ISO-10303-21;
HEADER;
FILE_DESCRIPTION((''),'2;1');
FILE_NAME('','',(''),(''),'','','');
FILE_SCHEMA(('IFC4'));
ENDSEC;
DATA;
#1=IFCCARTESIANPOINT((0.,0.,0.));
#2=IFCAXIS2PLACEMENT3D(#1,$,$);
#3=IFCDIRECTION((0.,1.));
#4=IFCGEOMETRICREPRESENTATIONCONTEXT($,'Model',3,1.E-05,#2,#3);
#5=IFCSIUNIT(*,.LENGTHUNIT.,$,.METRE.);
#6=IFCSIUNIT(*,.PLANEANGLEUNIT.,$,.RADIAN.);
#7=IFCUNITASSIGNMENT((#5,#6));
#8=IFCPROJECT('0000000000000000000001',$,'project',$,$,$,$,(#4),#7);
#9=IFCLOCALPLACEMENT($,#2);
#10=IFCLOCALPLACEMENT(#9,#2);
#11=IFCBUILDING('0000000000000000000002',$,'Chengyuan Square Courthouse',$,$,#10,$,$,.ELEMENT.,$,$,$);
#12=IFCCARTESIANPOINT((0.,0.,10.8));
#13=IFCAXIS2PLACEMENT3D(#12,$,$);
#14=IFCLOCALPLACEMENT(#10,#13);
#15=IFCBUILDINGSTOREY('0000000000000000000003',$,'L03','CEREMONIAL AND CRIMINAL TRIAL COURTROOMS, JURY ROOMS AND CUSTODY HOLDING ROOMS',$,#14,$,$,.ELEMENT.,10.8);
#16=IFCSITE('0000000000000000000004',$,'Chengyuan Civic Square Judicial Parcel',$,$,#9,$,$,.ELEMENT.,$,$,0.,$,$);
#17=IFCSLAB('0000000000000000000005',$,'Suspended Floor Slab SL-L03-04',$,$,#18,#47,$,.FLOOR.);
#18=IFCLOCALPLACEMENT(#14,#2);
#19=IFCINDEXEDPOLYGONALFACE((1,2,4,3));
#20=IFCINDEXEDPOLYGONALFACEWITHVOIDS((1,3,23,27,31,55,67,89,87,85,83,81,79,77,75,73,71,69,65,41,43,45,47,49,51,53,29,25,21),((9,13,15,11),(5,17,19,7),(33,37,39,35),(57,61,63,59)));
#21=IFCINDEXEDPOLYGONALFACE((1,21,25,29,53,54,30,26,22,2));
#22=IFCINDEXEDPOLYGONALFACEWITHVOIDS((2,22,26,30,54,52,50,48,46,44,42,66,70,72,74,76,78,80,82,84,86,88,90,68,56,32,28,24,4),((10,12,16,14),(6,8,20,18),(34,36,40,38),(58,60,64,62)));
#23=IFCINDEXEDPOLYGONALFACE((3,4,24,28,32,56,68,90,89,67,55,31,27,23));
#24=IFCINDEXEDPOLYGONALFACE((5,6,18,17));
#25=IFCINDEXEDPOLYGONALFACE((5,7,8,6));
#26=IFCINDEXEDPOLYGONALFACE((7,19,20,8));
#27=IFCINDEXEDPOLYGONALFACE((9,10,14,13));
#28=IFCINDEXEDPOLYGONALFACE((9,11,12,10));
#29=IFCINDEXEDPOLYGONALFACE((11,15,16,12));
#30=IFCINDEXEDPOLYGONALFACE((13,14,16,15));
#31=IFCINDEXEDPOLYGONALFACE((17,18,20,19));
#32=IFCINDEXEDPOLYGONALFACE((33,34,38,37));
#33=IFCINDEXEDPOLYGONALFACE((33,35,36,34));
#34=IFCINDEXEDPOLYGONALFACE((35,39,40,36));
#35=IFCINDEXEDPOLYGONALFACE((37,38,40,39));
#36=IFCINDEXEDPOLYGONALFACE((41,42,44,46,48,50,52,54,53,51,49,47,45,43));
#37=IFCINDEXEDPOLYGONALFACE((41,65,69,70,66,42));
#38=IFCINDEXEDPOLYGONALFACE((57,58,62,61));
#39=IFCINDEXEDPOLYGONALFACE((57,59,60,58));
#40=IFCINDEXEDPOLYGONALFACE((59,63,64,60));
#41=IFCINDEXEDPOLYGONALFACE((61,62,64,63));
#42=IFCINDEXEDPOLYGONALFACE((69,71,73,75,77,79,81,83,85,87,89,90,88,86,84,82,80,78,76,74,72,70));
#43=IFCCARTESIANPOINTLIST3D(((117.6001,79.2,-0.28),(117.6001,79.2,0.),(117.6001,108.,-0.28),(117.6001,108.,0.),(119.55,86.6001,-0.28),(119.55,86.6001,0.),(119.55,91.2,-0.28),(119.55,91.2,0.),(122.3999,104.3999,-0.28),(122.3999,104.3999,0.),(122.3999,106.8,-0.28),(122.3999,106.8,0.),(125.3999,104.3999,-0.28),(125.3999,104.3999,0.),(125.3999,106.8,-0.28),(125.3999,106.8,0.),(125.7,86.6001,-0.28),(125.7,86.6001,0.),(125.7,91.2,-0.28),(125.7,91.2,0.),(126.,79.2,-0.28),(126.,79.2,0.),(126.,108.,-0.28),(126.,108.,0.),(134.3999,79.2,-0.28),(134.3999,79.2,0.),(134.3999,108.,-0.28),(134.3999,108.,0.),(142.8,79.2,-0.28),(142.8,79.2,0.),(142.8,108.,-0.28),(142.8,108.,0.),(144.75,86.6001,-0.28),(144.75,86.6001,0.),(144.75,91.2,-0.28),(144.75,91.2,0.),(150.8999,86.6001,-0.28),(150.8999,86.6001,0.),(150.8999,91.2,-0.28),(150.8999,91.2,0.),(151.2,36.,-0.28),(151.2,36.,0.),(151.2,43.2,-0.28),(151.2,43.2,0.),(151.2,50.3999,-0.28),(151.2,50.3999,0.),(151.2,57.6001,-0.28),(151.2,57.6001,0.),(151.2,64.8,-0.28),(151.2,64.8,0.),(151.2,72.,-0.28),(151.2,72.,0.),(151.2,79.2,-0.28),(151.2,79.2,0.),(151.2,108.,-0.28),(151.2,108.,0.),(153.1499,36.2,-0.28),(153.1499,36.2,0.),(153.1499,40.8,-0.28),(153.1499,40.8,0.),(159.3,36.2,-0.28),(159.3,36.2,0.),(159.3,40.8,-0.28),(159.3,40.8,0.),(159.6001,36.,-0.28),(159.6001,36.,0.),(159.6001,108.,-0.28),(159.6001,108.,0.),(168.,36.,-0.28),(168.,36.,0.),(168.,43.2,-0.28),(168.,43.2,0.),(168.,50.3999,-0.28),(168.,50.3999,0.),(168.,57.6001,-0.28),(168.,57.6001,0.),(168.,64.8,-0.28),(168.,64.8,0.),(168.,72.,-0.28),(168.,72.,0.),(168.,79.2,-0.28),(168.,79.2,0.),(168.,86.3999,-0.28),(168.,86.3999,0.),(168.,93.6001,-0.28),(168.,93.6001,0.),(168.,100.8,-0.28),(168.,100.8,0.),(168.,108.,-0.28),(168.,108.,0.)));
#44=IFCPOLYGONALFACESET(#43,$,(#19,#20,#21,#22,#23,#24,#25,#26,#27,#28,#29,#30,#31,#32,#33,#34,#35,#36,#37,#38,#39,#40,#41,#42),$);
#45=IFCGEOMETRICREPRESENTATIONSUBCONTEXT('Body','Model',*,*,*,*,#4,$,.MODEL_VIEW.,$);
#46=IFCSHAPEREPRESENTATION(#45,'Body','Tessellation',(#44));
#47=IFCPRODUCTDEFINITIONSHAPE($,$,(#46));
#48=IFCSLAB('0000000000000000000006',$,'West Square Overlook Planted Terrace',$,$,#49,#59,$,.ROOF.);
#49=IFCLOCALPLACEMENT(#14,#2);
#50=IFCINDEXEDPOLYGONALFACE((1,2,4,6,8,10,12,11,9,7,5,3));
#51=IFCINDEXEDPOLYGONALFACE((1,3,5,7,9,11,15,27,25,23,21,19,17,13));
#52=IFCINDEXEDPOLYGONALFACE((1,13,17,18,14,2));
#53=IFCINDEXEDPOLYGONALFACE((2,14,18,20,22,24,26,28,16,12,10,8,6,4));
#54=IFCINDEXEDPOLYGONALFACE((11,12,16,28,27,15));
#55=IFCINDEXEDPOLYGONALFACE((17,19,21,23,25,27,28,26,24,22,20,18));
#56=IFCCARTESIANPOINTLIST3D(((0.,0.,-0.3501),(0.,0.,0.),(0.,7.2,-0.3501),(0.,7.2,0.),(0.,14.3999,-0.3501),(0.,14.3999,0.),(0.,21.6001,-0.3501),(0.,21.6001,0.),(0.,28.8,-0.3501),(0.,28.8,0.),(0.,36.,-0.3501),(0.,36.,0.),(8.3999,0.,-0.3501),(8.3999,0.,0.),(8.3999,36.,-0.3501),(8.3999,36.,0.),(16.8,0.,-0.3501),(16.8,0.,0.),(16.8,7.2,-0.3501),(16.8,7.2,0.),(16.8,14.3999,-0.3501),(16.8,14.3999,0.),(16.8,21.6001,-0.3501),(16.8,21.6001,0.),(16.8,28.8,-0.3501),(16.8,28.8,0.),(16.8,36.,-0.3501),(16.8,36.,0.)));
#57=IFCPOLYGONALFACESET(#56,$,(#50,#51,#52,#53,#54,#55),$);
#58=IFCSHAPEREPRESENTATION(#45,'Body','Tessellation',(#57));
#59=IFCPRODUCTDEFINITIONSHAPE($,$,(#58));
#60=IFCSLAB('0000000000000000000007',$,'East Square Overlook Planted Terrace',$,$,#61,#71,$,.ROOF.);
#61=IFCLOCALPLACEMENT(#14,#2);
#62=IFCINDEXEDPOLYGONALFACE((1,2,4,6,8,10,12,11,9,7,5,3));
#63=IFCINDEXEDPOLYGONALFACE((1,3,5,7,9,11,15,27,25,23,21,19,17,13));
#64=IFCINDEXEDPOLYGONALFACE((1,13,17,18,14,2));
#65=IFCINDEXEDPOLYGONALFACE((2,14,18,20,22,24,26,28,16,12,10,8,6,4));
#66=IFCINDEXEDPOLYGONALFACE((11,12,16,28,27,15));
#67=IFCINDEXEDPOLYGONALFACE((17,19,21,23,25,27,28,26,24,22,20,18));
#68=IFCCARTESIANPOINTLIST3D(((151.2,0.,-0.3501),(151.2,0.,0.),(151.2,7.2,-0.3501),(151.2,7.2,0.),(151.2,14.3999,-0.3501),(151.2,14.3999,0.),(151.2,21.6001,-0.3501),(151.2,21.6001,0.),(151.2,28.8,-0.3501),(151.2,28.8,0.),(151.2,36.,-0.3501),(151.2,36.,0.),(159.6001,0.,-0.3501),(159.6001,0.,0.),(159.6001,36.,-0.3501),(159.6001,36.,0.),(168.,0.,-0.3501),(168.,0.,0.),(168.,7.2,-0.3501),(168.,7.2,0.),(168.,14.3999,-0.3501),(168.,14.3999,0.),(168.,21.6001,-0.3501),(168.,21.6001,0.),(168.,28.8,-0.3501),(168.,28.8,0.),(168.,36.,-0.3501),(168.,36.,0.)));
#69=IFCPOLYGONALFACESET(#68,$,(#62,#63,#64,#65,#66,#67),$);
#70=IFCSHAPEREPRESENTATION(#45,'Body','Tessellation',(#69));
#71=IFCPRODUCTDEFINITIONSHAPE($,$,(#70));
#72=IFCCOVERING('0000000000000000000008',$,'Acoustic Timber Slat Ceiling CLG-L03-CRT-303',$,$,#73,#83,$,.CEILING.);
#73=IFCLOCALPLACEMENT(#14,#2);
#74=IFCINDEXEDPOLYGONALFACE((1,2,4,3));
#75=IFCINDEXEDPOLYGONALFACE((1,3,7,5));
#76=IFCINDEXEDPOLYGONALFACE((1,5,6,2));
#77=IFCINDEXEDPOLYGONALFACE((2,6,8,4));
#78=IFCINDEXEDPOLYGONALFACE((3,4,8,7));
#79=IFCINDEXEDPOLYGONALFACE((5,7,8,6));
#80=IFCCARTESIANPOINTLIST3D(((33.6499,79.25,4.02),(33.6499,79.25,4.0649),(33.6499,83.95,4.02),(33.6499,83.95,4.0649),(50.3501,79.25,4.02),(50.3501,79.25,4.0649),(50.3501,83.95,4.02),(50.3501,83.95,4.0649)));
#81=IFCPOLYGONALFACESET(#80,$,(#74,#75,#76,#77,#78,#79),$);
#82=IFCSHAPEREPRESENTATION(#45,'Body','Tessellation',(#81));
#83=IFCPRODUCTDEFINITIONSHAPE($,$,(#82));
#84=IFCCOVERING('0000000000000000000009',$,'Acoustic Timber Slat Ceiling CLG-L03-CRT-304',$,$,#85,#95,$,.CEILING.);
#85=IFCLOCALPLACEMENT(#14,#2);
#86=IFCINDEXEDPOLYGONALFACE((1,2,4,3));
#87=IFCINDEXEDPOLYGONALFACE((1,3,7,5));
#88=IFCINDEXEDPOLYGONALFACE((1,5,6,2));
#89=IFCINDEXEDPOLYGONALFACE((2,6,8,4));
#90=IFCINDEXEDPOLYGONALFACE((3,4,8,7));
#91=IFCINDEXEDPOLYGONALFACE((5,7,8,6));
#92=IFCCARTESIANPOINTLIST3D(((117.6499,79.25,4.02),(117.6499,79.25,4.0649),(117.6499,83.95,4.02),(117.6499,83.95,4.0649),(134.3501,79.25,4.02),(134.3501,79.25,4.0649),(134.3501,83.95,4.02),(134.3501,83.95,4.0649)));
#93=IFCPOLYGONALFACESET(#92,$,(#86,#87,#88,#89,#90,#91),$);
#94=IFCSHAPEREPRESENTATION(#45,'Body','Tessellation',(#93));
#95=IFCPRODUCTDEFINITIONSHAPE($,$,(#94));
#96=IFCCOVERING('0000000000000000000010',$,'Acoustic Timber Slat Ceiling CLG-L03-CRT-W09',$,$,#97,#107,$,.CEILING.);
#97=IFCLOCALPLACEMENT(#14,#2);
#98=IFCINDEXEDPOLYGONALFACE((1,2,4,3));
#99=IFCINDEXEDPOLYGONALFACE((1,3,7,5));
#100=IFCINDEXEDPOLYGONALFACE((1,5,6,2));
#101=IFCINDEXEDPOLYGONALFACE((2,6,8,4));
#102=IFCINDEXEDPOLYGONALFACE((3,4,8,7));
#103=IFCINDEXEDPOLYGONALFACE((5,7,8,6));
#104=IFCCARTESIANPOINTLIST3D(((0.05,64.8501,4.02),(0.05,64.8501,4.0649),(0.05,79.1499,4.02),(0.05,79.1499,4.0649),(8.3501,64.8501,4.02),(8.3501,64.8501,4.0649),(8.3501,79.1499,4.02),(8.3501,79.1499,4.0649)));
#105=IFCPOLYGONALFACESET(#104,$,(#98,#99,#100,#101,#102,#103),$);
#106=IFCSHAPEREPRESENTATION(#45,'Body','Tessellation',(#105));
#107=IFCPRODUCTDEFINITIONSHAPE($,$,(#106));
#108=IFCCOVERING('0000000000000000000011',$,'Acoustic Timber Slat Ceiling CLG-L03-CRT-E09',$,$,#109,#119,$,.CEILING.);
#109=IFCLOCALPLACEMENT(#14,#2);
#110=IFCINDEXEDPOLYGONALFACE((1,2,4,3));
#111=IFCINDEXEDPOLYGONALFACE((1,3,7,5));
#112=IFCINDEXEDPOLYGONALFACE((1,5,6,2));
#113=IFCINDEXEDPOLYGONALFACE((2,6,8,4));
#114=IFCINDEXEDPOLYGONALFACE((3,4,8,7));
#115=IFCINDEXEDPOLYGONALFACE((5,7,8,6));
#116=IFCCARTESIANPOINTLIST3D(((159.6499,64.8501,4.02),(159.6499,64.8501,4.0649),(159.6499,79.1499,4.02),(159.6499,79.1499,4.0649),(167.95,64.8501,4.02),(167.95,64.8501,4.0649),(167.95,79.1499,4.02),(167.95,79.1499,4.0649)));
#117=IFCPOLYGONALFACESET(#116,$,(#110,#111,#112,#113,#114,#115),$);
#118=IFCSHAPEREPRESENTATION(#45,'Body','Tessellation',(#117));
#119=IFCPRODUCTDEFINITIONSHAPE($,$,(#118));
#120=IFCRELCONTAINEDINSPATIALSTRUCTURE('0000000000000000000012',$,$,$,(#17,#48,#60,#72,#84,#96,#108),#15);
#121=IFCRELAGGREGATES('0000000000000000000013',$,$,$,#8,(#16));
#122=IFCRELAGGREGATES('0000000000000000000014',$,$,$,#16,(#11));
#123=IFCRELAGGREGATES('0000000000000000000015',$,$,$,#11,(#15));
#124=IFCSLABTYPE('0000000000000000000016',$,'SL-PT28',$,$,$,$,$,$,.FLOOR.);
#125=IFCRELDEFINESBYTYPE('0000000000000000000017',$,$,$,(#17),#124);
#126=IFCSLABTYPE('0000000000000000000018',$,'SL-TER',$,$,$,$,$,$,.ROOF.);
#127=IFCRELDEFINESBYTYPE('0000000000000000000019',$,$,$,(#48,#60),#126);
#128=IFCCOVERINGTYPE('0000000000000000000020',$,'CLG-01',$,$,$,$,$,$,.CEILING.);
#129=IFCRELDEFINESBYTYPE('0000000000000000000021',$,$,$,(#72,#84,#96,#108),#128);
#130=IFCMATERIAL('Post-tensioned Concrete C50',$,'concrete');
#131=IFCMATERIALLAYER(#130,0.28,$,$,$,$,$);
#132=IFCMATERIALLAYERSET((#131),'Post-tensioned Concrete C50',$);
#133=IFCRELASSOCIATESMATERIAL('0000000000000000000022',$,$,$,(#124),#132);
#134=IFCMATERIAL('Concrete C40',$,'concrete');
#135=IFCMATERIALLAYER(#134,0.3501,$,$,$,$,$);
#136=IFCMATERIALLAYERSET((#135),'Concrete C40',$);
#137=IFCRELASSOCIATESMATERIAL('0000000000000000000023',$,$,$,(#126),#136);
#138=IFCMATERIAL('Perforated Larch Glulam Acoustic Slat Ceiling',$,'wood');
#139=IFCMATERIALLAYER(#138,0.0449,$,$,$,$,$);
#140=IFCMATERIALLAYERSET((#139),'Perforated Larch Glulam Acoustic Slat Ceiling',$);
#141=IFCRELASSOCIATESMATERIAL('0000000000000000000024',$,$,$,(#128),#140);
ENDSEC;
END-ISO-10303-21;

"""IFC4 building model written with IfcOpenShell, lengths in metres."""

from ifc_helpers import new_model, si_unit, direction, frame, origin, place, context, subcontext, project, spatial, polyline, outline, extrude, material, layer, layer_set, type_object, element, save


model = new_model("IFC4")

# Units and contexts
model_context = context("Model", 3, precision=1e-05, world=origin(), true_north=direction((0.0, 1.0)))
body_context = subcontext(model_context, "Body", "Model", "MODEL_VIEW")
ifc_project = project(units=[si_unit("LENGTHUNIT", "METRE"), si_unit("PLANEANGLEUNIT", "RADIAN")], contexts=[model_context])

# Site, building, storey
site_placement = place(None, origin())
site = spatial("IfcSite", under=ifc_project, at=site_placement, Name="Chengyuan Civic Square Judicial Parcel", CompositionType="ELEMENT", RefElevation=0.0)
building_placement = place(site_placement, origin())
building = spatial("IfcBuilding", under=site, at=building_placement, Name="Chengyuan Square Courthouse", CompositionType="ELEMENT")
storey_placement = place(building_placement, frame((0.0, 0.0, 10.8)))
storey = spatial("IfcBuildingStorey", under=building, at=storey_placement, Name="L03", Description="CEREMONIAL AND CRIMINAL TRIAL COURTROOMS, JURY ROOMS AND CUSTODY HOLDING ROOMS", CompositionType="ELEMENT", Elevation=10.8)

# Shared definitions
ifc_material_1 = material(Name="Concrete C40", Category="concrete")

# Slabs
ifc_material_2 = material(Name="Post-tensioned Concrete C50", Category="concrete")
ifc_layer_1 = layer(ifc_material_2, 0.28)
ifc_layer_set_1 = layer_set([ifc_layer_1], Name="Post-tensioned Concrete C50")
slab_type_1 = type_object("IfcSlabType", Name="SL-PT28", PredefinedType="FLOOR", material=ifc_layer_set_1)
slab_1_placement = place(storey_placement, frame((0.0, 0.0, -0.28)))
element("IfcSlab", 1, at=slab_1_placement, inside=storey, type_object=slab_type_1, Name="Suspended Floor Slab SL-L03-04", PredefinedType="FLOOR", context=body_context, shape_type="SweptSolid", body=[
    extrude(outline(polyline([(126.0, 108.0), (134.3999, 108.0), (142.8, 108.0), (151.2, 108.0), (159.6001, 108.0), (168.0, 108.0), (168.0, 100.8), (168.0, 93.6001), (168.0, 86.3999), (168.0, 79.2), (168.0, 72.0), (168.0, 64.8), (168.0, 57.6001), (168.0, 50.3999), (168.0, 43.2), (168.0, 36.0), (159.6001, 36.0), (151.2, 36.0), (151.2, 43.2), (151.2, 50.3999), (151.2, 57.6001), (151.2, 64.8), (151.2, 72.0), (151.2, 79.2), (142.8, 79.2), (134.3999, 79.2), (126.0, 79.2), (117.6001, 79.2), (117.6001, 108.0), (126.0, 108.0)]), holes=[polyline([(159.3, 40.8), (153.1499, 40.8), (153.1499, 36.2), (159.3, 36.2), (159.3, 40.8)]), polyline([(125.7, 91.2), (119.55, 91.2), (119.55, 86.6001), (125.7, 86.6001), (125.7, 91.2)]), polyline([(144.75, 91.2), (144.75, 86.6001), (150.8999, 86.6001), (150.8999, 91.2), (144.75, 91.2)]), polyline([(125.3999, 106.8), (122.3999, 106.8), (122.3999, 104.3999), (125.3999, 104.3999), (125.3999, 106.8)])]), origin(), (0.0, 0.0, 1.0), 0.28),
])
ifc_layer_2 = layer(ifc_material_1, 0.3501)
ifc_layer_set_2 = layer_set([ifc_layer_2], Name="Concrete C40")
slab_type_2 = type_object("IfcSlabType", Name="SL-TER", PredefinedType="ROOF", material=ifc_layer_set_2)
slab_2_placement = place(storey_placement, frame((0.0, 0.0, -0.3501)))
element("IfcSlab", 2, at=slab_2_placement, inside=storey, type_object=slab_type_2, Name="West Square Overlook Planted Terrace", PredefinedType="ROOF", context=body_context, shape_type="SweptSolid", body=[
    extrude(outline(polyline([(0.0, 14.3999), (0.0, 21.6001), (0.0, 28.8), (0.0, 36.0), (8.3999, 36.0), (16.8, 36.0), (16.8, 28.8), (16.8, 21.6001), (16.8, 14.3999), (16.8, 7.2), (16.8, 0.0), (8.3999, 0.0), (0.0, 0.0), (0.0, 7.2), (0.0, 14.3999)])), origin(), (0.0, 0.0, 1.0), 0.3501),
])
slab_3_placement = place(storey_placement, frame((0.0, 0.0, -0.3501)))
element("IfcSlab", 3, at=slab_3_placement, inside=storey, type_object=slab_type_2, Name="East Square Overlook Planted Terrace", PredefinedType="ROOF", context=body_context, shape_type="SweptSolid", body=[
    extrude(outline(polyline([(151.2, 14.3999), (151.2, 21.6001), (151.2, 28.8), (151.2, 36.0), (159.6001, 36.0), (168.0, 36.0), (168.0, 28.8), (168.0, 21.6001), (168.0, 14.3999), (168.0, 7.2), (168.0, 0.0), (159.6001, 0.0), (151.2, 0.0), (151.2, 7.2), (151.2, 14.3999)])), origin(), (0.0, 0.0, 1.0), 0.3501),
])

# Coverings
ifc_material_3 = material(Name="Perforated Larch Glulam Acoustic Slat Ceiling", Category="wood")
ifc_layer_3 = layer(ifc_material_3, 0.0449)
ifc_layer_set_3 = layer_set([ifc_layer_3], Name="Perforated Larch Glulam Acoustic Slat Ceiling")
covering_type = type_object("IfcCoveringType", Name="CLG-01", PredefinedType="CEILING", material=ifc_layer_set_3)
covering_1_placement = place(storey_placement, frame((0.0, 0.0, 4.02)))
element("IfcCovering", 4, at=covering_1_placement, inside=storey, type_object=covering_type, Name="Acoustic Timber Slat Ceiling CLG-L03-CRT-303", PredefinedType="CEILING", context=body_context, shape_type="SweptSolid", body=[
    extrude(outline(polyline([(33.6499, 79.25), (50.3501, 79.25), (50.3501, 83.95), (33.6499, 83.95), (33.6499, 79.25)])), origin(), (0.0, 0.0, 1.0), 0.0449),
])
covering_2_placement = place(storey_placement, frame((0.0, 0.0, 4.02)))
element("IfcCovering", 5, at=covering_2_placement, inside=storey, type_object=covering_type, Name="Acoustic Timber Slat Ceiling CLG-L03-CRT-304", PredefinedType="CEILING", context=body_context, shape_type="SweptSolid", body=[
    extrude(outline(polyline([(117.6499, 79.25), (134.3501, 79.25), (134.3501, 83.95), (117.6499, 83.95), (117.6499, 79.25)])), origin(), (0.0, 0.0, 1.0), 0.0449),
])
covering_3_placement = place(storey_placement, frame((0.0, 0.0, 4.02)))
element("IfcCovering", 6, at=covering_3_placement, inside=storey, type_object=covering_type, Name="Acoustic Timber Slat Ceiling CLG-L03-CRT-W09", PredefinedType="CEILING", context=body_context, shape_type="SweptSolid", body=[
    extrude(outline(polyline([(0.05, 64.8501), (8.3501, 64.8501), (8.3501, 79.1499), (0.05, 79.1499), (0.05, 64.8501)])), origin(), (0.0, 0.0, 1.0), 0.0449),
])
covering_4_placement = place(storey_placement, frame((0.0, 0.0, 4.02)))
element("IfcCovering", 7, at=covering_4_placement, inside=storey, type_object=covering_type, Name="Acoustic Timber Slat Ceiling CLG-L03-CRT-E09", PredefinedType="CEILING", context=body_context, shape_type="SweptSolid", body=[
    extrude(outline(polyline([(159.6499, 64.8501), (167.95, 64.8501), (167.95, 79.1499), (159.6499, 79.1499), (159.6499, 64.8501)])), origin(), (0.0, 0.0, 1.0), 0.0449),
])

save(model, "model.ifc")
